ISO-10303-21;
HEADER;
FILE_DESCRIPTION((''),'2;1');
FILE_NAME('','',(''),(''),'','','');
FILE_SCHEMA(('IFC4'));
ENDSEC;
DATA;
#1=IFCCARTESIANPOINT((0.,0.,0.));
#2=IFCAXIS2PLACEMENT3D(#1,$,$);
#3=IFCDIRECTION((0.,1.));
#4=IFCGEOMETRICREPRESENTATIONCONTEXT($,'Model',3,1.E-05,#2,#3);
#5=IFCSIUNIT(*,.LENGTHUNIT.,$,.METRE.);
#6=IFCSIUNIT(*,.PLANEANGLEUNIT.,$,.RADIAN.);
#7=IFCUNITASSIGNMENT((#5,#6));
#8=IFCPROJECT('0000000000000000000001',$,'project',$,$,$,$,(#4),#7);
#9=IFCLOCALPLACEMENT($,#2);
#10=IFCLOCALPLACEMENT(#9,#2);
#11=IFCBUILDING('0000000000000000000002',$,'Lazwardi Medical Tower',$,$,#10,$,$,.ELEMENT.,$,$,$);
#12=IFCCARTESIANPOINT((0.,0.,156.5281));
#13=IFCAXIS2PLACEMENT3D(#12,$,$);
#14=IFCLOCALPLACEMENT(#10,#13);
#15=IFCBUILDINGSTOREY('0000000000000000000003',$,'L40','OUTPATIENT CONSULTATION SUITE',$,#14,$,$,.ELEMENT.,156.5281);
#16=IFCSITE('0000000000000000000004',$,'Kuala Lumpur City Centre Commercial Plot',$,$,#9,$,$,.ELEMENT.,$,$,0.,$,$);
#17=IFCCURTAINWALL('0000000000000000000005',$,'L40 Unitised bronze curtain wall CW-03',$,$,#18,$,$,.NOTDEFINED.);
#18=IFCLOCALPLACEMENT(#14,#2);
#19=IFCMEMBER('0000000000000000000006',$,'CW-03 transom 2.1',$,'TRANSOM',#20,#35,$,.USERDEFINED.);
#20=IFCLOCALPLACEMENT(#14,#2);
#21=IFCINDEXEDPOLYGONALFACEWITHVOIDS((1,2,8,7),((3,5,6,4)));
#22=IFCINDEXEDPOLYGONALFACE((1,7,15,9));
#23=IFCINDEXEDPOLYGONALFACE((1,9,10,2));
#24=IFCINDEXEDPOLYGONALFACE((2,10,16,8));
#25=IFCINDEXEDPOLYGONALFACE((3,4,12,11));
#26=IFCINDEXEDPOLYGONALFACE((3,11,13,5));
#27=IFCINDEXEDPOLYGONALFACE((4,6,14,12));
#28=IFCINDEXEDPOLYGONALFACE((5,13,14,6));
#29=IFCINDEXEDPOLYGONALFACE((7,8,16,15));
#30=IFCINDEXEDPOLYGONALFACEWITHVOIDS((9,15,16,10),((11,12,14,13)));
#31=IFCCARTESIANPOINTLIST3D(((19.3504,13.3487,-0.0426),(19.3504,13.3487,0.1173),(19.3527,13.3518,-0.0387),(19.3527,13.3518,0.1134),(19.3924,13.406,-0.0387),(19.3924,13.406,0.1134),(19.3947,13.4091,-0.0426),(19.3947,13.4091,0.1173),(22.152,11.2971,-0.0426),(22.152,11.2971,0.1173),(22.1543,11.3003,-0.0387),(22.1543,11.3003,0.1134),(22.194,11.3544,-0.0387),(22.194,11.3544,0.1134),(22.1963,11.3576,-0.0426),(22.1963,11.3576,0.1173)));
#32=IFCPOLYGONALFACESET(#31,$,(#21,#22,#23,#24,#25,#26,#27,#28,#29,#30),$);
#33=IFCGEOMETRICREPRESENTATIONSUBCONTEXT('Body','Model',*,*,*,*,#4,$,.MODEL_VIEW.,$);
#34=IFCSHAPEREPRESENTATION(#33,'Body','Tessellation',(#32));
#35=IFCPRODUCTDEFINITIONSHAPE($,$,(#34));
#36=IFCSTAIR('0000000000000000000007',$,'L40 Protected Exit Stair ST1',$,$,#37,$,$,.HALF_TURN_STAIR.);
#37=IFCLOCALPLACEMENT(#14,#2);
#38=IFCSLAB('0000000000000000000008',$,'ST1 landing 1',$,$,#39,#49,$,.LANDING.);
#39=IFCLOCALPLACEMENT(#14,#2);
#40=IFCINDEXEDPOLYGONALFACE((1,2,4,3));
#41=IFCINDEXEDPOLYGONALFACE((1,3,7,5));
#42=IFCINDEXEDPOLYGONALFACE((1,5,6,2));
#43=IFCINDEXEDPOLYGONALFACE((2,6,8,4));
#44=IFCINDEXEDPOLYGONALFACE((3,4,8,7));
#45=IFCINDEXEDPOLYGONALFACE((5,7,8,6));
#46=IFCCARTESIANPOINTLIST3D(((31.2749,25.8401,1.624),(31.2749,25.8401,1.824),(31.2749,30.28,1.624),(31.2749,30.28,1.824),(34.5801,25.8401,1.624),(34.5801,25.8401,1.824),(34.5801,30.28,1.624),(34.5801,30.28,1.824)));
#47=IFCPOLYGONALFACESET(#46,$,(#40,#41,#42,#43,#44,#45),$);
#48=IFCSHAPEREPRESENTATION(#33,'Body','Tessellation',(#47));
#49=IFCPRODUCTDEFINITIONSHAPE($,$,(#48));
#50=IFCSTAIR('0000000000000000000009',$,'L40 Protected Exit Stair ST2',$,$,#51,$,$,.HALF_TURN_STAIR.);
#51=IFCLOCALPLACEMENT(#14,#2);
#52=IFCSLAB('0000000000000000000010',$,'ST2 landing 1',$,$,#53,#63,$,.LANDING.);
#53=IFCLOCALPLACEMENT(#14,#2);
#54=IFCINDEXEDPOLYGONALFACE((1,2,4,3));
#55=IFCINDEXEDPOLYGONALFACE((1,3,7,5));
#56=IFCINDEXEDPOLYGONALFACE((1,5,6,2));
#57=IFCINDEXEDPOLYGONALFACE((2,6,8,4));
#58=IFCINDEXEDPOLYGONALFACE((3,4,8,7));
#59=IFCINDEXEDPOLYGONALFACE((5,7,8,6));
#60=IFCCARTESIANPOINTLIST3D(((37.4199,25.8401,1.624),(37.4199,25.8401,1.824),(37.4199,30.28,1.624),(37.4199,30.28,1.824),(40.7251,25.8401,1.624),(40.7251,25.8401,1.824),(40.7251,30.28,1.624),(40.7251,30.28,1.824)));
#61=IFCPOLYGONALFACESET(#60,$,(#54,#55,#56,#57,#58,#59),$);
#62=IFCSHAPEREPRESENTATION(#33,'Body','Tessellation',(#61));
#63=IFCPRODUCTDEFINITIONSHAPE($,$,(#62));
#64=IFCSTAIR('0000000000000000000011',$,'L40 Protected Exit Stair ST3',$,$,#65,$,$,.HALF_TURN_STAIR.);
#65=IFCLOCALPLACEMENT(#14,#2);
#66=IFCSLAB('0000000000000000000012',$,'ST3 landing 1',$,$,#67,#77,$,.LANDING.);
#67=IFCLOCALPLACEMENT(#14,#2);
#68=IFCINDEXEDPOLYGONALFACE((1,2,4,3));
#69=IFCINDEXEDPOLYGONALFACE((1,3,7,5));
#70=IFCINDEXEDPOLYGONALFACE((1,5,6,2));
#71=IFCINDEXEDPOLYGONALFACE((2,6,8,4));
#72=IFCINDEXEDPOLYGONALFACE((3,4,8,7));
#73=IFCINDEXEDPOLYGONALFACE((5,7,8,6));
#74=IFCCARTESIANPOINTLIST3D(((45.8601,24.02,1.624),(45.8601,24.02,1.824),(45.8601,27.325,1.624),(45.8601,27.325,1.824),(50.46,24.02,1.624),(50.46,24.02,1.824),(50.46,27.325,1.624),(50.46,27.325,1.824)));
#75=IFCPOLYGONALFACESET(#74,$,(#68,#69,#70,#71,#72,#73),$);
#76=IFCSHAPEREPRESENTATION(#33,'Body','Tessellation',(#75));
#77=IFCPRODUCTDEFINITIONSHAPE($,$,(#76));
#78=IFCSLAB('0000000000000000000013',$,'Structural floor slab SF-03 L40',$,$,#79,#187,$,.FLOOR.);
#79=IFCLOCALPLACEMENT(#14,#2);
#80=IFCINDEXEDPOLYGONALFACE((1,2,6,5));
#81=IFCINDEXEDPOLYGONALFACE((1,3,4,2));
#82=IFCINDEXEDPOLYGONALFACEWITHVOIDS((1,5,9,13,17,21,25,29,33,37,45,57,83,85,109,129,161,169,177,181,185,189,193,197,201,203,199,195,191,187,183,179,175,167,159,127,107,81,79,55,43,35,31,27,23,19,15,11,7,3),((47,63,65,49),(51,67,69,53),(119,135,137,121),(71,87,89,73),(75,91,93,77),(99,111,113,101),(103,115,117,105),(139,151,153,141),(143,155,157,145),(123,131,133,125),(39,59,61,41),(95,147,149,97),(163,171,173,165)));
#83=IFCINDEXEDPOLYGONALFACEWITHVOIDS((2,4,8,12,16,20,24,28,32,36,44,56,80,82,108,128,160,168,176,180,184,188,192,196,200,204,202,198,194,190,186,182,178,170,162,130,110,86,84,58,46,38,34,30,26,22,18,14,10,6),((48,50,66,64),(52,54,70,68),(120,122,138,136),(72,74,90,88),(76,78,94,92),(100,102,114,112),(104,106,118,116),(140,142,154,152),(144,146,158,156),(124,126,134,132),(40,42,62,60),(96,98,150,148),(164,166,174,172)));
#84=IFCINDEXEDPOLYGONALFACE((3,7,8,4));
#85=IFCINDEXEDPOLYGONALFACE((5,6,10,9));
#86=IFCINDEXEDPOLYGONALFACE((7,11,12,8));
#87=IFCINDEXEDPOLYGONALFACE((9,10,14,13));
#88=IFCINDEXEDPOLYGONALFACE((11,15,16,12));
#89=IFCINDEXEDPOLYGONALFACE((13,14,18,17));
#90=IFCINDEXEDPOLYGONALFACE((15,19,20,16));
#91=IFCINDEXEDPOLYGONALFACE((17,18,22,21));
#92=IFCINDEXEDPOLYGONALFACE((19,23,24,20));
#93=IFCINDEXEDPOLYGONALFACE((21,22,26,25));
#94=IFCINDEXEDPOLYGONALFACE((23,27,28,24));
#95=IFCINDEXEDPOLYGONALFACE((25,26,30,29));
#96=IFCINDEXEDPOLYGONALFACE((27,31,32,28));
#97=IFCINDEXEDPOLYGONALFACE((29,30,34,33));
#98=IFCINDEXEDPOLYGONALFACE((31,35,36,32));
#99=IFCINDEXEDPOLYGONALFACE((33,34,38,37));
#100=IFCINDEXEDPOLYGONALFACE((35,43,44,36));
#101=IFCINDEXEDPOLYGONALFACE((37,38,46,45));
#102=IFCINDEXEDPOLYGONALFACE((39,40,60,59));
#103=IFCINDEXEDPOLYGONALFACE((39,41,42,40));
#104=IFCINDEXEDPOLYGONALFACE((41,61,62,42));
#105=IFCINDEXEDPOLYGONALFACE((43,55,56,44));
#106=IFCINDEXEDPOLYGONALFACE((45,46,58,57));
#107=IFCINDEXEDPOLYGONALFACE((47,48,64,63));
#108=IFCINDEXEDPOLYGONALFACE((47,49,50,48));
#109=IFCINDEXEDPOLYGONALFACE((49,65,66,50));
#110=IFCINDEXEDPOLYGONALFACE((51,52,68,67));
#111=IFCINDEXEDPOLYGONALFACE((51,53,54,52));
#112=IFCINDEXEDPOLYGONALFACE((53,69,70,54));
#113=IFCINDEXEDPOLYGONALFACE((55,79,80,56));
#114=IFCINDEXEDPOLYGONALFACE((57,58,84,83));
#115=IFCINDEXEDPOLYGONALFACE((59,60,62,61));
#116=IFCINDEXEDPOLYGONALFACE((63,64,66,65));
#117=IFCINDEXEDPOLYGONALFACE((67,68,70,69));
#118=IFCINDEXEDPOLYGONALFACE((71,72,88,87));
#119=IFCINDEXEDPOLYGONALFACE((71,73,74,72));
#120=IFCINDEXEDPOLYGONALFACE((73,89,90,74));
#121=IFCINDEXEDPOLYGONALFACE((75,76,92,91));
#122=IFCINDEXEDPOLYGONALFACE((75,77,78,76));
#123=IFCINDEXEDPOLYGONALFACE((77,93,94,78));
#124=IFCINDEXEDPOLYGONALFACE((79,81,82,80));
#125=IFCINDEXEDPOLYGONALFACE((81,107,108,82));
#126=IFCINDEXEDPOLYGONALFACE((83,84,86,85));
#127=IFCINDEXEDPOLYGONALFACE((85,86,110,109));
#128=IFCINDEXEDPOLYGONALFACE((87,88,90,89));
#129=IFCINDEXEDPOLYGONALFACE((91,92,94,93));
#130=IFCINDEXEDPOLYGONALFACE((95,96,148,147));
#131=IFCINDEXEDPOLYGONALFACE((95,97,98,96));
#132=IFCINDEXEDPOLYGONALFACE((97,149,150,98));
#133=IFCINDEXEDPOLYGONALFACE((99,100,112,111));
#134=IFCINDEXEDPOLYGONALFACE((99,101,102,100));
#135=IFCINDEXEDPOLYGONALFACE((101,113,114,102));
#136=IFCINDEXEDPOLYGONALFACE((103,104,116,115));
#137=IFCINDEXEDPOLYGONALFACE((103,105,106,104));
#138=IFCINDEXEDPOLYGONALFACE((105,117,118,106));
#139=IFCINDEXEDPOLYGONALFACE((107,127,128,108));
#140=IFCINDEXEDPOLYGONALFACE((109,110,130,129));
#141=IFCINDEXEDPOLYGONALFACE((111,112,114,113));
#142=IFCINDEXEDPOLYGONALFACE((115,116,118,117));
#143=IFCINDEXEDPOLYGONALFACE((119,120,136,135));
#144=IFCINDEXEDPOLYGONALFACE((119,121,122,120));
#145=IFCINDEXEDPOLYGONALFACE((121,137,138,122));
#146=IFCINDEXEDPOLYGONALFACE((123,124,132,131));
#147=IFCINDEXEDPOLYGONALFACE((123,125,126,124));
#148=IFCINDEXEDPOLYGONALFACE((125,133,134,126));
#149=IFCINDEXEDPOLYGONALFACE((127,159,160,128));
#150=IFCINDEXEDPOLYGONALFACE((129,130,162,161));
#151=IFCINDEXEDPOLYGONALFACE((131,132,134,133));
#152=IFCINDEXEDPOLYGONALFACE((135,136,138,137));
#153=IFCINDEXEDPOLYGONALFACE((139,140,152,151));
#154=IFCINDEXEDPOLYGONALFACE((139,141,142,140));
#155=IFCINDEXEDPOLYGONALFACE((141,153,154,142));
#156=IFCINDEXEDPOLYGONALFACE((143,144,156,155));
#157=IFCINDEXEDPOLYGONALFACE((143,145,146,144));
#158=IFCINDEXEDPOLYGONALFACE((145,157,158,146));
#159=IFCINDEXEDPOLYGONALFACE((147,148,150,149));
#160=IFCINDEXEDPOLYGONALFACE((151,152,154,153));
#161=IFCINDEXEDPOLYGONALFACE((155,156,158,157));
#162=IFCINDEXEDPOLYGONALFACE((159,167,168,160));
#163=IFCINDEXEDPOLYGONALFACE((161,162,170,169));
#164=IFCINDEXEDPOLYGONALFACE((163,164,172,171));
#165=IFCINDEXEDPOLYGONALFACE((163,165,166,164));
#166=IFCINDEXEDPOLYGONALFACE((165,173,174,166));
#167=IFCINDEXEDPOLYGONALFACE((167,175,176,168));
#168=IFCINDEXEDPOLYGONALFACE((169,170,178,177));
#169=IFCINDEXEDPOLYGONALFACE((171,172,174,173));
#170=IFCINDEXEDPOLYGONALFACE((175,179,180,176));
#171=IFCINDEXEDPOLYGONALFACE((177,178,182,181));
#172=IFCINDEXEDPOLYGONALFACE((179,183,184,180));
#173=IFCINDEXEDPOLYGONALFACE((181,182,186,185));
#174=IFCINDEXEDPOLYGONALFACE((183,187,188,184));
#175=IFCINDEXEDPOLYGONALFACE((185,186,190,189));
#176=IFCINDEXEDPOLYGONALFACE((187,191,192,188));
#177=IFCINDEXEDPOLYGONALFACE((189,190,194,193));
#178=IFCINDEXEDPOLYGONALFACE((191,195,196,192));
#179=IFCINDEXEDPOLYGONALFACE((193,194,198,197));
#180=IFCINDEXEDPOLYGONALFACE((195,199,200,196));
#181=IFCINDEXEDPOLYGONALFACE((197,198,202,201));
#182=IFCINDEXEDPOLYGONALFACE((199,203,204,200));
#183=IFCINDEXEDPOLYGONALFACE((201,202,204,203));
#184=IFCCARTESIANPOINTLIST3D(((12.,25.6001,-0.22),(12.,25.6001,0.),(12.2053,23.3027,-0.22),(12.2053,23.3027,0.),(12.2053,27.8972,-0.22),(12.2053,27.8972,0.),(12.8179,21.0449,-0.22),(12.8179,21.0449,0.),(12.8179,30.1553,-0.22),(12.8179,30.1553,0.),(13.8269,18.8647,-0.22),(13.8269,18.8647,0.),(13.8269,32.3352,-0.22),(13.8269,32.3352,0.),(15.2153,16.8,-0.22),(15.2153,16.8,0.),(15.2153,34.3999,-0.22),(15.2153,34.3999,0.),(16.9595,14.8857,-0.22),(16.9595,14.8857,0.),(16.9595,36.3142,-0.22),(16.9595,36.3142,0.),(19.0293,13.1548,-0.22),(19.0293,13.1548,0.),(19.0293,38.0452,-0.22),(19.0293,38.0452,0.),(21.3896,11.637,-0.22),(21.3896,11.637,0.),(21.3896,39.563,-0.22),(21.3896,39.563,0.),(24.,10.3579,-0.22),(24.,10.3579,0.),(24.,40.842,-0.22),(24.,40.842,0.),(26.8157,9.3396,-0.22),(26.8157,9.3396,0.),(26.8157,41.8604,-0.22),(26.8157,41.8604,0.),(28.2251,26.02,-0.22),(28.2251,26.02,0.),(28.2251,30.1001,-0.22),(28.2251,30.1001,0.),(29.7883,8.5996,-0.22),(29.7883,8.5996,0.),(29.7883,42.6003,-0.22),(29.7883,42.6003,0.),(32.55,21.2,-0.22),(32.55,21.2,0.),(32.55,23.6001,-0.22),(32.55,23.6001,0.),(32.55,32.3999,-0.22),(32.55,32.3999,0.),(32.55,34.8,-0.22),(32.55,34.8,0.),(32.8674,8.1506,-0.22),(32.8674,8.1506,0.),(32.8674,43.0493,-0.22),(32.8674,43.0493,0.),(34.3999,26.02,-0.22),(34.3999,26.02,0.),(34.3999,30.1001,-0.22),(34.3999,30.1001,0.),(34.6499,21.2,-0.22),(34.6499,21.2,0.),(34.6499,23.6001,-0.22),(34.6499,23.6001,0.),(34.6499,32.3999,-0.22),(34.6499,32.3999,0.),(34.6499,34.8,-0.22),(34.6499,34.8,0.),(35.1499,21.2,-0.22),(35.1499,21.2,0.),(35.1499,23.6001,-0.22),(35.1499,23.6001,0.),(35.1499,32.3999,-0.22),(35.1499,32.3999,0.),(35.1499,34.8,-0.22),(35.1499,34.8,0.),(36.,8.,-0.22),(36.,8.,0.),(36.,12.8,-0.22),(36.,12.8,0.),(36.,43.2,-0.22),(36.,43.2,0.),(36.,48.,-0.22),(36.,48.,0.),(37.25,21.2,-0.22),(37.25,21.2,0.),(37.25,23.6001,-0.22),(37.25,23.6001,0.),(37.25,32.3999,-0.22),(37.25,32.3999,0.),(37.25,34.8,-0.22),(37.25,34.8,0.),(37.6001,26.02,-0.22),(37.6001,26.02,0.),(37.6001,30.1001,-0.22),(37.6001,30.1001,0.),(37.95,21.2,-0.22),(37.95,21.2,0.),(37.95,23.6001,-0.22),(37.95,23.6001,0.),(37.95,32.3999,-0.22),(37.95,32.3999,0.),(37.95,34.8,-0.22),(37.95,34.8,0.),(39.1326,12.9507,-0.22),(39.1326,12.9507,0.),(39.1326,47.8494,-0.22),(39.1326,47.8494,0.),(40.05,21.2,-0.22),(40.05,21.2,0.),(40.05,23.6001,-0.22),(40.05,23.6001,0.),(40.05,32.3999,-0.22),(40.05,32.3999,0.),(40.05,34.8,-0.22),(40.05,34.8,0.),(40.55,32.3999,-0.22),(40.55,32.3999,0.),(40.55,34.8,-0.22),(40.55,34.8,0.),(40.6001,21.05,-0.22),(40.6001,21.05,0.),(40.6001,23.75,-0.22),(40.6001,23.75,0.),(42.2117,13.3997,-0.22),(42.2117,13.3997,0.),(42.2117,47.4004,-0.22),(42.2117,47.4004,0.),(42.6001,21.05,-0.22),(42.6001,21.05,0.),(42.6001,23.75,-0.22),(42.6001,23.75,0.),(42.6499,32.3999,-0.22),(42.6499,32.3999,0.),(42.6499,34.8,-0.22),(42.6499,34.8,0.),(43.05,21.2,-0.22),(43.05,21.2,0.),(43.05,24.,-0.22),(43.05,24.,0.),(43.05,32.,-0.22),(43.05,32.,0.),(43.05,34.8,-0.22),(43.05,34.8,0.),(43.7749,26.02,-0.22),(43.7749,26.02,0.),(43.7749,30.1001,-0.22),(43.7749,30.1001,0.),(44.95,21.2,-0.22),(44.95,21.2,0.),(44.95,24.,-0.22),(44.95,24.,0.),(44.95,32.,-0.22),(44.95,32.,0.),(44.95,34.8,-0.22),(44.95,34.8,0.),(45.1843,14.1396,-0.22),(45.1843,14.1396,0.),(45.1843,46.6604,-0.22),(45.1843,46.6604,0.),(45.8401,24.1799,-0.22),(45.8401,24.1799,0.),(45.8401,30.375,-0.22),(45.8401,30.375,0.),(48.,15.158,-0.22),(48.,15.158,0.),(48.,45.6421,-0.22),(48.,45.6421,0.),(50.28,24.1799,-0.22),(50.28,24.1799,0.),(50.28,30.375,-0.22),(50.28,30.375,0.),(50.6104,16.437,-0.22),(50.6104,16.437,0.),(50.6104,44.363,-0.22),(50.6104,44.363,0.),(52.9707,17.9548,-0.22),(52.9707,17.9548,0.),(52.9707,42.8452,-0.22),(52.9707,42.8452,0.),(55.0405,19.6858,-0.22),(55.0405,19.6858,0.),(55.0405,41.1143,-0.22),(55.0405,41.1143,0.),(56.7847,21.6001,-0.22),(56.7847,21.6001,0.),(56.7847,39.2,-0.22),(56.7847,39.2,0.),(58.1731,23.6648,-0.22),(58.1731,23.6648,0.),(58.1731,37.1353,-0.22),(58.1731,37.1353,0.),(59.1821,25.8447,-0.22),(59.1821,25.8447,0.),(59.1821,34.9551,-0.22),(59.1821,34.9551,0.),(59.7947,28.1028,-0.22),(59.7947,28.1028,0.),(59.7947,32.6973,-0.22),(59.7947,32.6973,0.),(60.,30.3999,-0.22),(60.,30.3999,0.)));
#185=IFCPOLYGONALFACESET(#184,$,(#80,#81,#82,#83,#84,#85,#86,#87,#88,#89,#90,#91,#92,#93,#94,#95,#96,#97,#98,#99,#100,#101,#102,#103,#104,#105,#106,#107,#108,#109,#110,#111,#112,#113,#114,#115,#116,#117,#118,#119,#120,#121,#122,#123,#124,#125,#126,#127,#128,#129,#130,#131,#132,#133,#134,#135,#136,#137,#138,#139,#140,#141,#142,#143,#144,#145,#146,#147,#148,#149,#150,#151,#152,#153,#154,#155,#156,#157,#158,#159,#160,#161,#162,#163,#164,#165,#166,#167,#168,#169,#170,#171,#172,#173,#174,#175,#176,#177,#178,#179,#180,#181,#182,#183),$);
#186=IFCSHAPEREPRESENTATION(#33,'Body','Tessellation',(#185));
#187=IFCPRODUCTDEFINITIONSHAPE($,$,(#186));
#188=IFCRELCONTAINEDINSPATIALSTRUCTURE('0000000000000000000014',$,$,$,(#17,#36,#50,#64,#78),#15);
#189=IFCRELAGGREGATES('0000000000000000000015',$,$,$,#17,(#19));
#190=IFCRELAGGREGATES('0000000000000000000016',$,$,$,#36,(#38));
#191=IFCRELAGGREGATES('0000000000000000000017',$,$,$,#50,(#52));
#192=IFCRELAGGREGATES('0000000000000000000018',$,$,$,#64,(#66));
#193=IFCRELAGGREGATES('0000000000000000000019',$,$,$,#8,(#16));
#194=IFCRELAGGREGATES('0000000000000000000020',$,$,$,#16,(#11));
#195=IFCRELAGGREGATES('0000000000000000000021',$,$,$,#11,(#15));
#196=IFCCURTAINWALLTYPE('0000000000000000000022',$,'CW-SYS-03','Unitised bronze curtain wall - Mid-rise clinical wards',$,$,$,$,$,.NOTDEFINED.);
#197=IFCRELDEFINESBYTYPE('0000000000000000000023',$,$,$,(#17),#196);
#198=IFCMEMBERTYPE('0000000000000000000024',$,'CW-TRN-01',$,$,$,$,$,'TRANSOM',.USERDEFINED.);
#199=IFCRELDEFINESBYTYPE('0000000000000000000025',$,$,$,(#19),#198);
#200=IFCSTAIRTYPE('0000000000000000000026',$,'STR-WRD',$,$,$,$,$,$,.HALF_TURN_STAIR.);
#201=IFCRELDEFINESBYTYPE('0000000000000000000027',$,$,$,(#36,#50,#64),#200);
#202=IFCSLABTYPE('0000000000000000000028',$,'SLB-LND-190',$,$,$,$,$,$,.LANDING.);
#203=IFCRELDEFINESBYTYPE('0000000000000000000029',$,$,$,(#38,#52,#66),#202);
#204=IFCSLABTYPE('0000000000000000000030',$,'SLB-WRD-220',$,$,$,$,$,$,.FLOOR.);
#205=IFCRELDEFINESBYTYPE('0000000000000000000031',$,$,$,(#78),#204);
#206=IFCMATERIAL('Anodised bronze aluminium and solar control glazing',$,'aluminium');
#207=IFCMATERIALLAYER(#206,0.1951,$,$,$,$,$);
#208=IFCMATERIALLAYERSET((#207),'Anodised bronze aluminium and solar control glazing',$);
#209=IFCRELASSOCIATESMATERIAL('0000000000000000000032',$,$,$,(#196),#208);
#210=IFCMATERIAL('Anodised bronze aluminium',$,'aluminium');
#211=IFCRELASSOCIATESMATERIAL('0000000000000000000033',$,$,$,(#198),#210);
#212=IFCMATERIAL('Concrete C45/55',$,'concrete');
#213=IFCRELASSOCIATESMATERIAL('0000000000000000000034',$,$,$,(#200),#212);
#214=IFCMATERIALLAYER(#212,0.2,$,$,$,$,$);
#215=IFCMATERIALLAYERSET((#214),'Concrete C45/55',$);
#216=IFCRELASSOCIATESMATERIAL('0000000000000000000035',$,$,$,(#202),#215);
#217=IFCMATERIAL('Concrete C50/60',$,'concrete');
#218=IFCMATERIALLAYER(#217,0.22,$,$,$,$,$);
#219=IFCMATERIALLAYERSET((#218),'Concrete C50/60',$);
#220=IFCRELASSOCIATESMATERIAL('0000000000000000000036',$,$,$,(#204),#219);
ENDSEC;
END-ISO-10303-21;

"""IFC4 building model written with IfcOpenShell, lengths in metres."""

from ifc_helpers import new_model, si_unit, direction, frame, origin, origin_2d, place, context, subcontext, project, spatial, polyline, hollow_rectangle, outline, extrude, material, layer, layer_set, material_profile, profile_set, type_object, element, aggregate, save


model = new_model("IFC4")

# Units and contexts
model_context = context("Model", 3, precision=1e-05, world=origin(), true_north=direction((0.0, 1.0)))
body_context = subcontext(model_context, "Body", "Model", "MODEL_VIEW")
ifc_project = project(units=[si_unit("LENGTHUNIT", "METRE"), si_unit("PLANEANGLEUNIT", "RADIAN")], contexts=[model_context])

# Site, building, storey
site_placement = place(None, origin())
site = spatial("IfcSite", under=ifc_project, at=site_placement, Name="Kuala Lumpur City Centre Commercial Plot", CompositionType="ELEMENT", RefElevation=0.0)
building_placement = place(site_placement, origin())
building = spatial("IfcBuilding", under=site, at=building_placement, Name="Lazwardi Medical Tower", CompositionType="ELEMENT")
storey_placement = place(building_placement, frame((0.0, 0.0, 156.5281)))
storey = spatial("IfcBuildingStorey", under=building, at=storey_placement, Name="L40", Description="OUTPATIENT CONSULTATION SUITE", CompositionType="ELEMENT", Elevation=156.5281)

# Curtain wall, member
ifc_material_1 = material(Name="Anodised bronze aluminium and solar control glazing", Category="aluminium")
ifc_layer_1 = layer(ifc_material_1, 0.1951)
ifc_layer_set_1 = layer_set([ifc_layer_1], Name="Anodised bronze aluminium and solar control glazing")
curtain_wall_type = type_object("IfcCurtainWallType", Name="CW-SYS-03", Description="Unitised bronze curtain wall - Mid-rise clinical wards", PredefinedType="NOTDEFINED", material=ifc_layer_set_1)
curtain_wall_placement = place(storey_placement, origin())
curtain_wall = element("IfcCurtainWall", 1, at=curtain_wall_placement, inside=storey, type_object=curtain_wall_type, Name="L40 Unitised bronze curtain wall CW-03", PredefinedType="NOTDEFINED")
ifc_material_2 = material(Name="Anodised bronze aluminium", Category="aluminium")
ifc_material_profile = material_profile(ifc_material_2, hollow_rectangle(XDim=0.075, YDim=0.1599, WallThickness=0.0039, at=origin_2d()), Name="ALU-TRANSOM 160x75x4")
ifc_profile_set = profile_set([ifc_material_profile], Name="Anodised bronze aluminium")
member_type = type_object("IfcMemberType", Name="CW-TRN-01", ElementType="TRANSOM", PredefinedType="USERDEFINED", material=ifc_profile_set)
member_placement = place(storey_placement, frame((19.3726, 13.3789, 0.0374), z_axis=(0.806807, -0.590815, 0.0), x_axis=(0.590815, 0.806807, 0.0)))
member = element("IfcMember", 2, at=member_placement, type_object=member_type, Name="CW-03 transom 2.1", ObjectType="TRANSOM", PredefinedType="USERDEFINED", context=body_context, shape_type="SweptSolid", body=[
    extrude(hollow_rectangle(XDim=0.075, YDim=0.1599, WallThickness=0.0039, at=origin_2d()), origin(), (0.0, 0.0, 1.0), 3.4724),
])
aggregate(curtain_wall, [member])

# Stairs, slabs
ifc_material_3 = material(Name="Concrete C45/55", Category="concrete")
stair_type = type_object("IfcStairType", Name="STR-WRD", PredefinedType="HALF_TURN_STAIR", material=ifc_material_3)
stair_1_placement = place(storey_placement, origin())
stair_1 = element("IfcStair", 3, at=stair_1_placement, inside=storey, type_object=stair_type, Name="L40 Protected Exit Stair ST1", PredefinedType="HALF_TURN_STAIR")
ifc_layer_2 = layer(ifc_material_3, 0.2)
ifc_layer_set_2 = layer_set([ifc_layer_2], Name="Concrete C45/55")
slab_type_1 = type_object("IfcSlabType", Name="SLB-LND-190", PredefinedType="LANDING", material=ifc_layer_set_2)
slab_1_placement = place(storey_placement, frame((0.0, 0.0, 1.624)))
slab_1 = element("IfcSlab", 4, at=slab_1_placement, type_object=slab_type_1, Name="ST1 landing 1", PredefinedType="LANDING", context=body_context, shape_type="SweptSolid", body=[
    extrude(outline(polyline([(31.2749, 25.8401), (34.5801, 25.8401), (34.5801, 30.28), (31.2749, 30.28), (31.2749, 25.8401)])), origin(), (0.0, 0.0, 1.0), 0.2),
])
aggregate(stair_1, [slab_1])
stair_2_placement = place(storey_placement, origin())
stair_2 = element("IfcStair", 5, at=stair_2_placement, inside=storey, type_object=stair_type, Name="L40 Protected Exit Stair ST2", PredefinedType="HALF_TURN_STAIR")
slab_2_placement = place(storey_placement, frame((0.0, 0.0, 1.624)))
slab_2 = element("IfcSlab", 6, at=slab_2_placement, type_object=slab_type_1, Name="ST2 landing 1", PredefinedType="LANDING", context=body_context, shape_type="SweptSolid", body=[
    extrude(outline(polyline([(40.7251, 30.28), (37.4199, 30.28), (37.4199, 25.8401), (40.7251, 25.8401), (40.7251, 30.28)])), origin(), (0.0, 0.0, 1.0), 0.2),
])
aggregate(stair_2, [slab_2])
stair_3_placement = place(storey_placement, origin())
stair_3 = element("IfcStair", 7, at=stair_3_placement, inside=storey, type_object=stair_type, Name="L40 Protected Exit Stair ST3", PredefinedType="HALF_TURN_STAIR")
slab_3_placement = place(storey_placement, frame((0.0, 0.0, 1.624)))
slab_3 = element("IfcSlab", 8, at=slab_3_placement, type_object=slab_type_1, Name="ST3 landing 1", PredefinedType="LANDING", context=body_context, shape_type="SweptSolid", body=[
    extrude(outline(polyline([(45.8601, 27.325), (45.8601, 24.02), (50.46, 24.02), (50.46, 27.325), (45.8601, 27.325)])), origin(), (0.0, 0.0, 1.0), 0.2),
])
aggregate(stair_3, [slab_3])

# Slab
ifc_material_4 = material(Name="Concrete C50/60", Category="concrete")
ifc_layer_3 = layer(ifc_material_4, 0.22)
ifc_layer_set_3 = layer_set([ifc_layer_3], Name="Concrete C50/60")
slab_type_2 = type_object("IfcSlabType", Name="SLB-WRD-220", PredefinedType="FLOOR", material=ifc_layer_set_3)
slab_4_placement = place(storey_placement, frame((0.0, 0.0, -0.22)))
element("IfcSlab", 9, at=slab_4_placement, inside=storey, type_object=slab_type_2, Name="Structural floor slab SF-03 L40", PredefinedType="FLOOR", context=body_context, shape_type="SweptSolid", body=[
    extrude(outline(polyline([(12.2053, 23.3027), (12.8179, 21.0449), (13.8269, 18.8647), (15.2153, 16.8), (16.9595, 14.8857), (19.0293, 13.1548), (21.3896, 11.637), (24.0, 10.3579), (26.8157, 9.3396), (29.7883, 8.5996), (32.8674, 8.1506), (36.0, 8.0), (36.0, 12.8), (39.1326, 12.9507), (42.2117, 13.3997), (45.1843, 14.1396), (48.0, 15.158), (50.6104, 16.437), (52.9707, 17.9548), (55.0405, 19.6858), (56.7847, 21.6001), (58.1731, 23.6648), (59.1821, 25.8447), (59.7947, 28.1028), (60.0, 30.3999), (59.7947, 32.6973), (59.1821, 34.9551), (58.1731, 37.1353), (56.7847, 39.2), (55.0405, 41.1143), (52.9707, 42.8452), (50.6104, 44.363), (48.0, 45.6421), (45.1843, 46.6604), (42.2117, 47.4004), (39.1326, 47.8494), (36.0, 48.0), (36.0, 43.2), (32.8674, 43.0493), (29.7883, 42.6003), (26.8157, 41.8604), (24.0, 40.842), (21.3896, 39.563), (19.0293, 38.0452), (16.9595, 36.3142), (15.2153, 34.3999), (13.8269, 32.3352), (12.8179, 30.1553), (12.2053, 27.8972), (12.0, 25.6001), (12.2053, 23.3027)]), holes=[polyline([(28.2251, 26.02), (28.2251, 30.1001), (34.3999, 30.1001), (34.3999, 26.02), (28.2251, 26.02)]), polyline([(37.6001, 30.1001), (43.7749, 30.1001), (43.7749, 26.02), (37.6001, 26.02), (37.6001, 30.1001)]), polyline([(50.28, 30.375), (50.28, 24.1799), (45.8401, 24.1799), (45.8401, 30.375), (50.28, 30.375)]), polyline([(34.6499, 32.3999), (32.55, 32.3999), (32.55, 34.8), (34.6499, 34.8), (34.6499, 32.3999)]), polyline([(35.1499, 32.3999), (35.1499, 34.8), (37.25, 34.8), (37.25, 32.3999), (35.1499, 32.3999)]), polyline([(32.55, 23.6001), (34.6499, 23.6001), (34.6499, 21.2), (32.55, 21.2), (32.55, 23.6001)]), polyline([(37.25, 23.6001), (37.25, 21.2), (35.1499, 21.2), (35.1499, 23.6001), (37.25, 23.6001)]), polyline([(40.05, 32.3999), (37.95, 32.3999), (37.95, 34.8), (40.05, 34.8), (40.05, 32.3999)]), polyline([(40.55, 32.3999), (40.55, 34.8), (42.6499, 34.8), (42.6499, 32.3999), (40.55, 32.3999)]), polyline([(37.95, 23.6001), (40.05, 23.6001), (40.05, 21.2), (37.95, 21.2), (37.95, 23.6001)]), polyline([(44.95, 34.8), (44.95, 32.0), (43.05, 32.0), (43.05, 34.8), (44.95, 34.8)]), polyline([(44.95, 21.2), (43.05, 21.2), (43.05, 24.0), (44.95, 24.0), (44.95, 21.2)]), polyline([(40.6001, 21.05), (40.6001, 23.75), (42.6001, 23.75), (42.6001, 21.05), (40.6001, 21.05)])]), origin(), (0.0, 0.0, 1.0), 0.22),
])

save(model, "model.ifc")
